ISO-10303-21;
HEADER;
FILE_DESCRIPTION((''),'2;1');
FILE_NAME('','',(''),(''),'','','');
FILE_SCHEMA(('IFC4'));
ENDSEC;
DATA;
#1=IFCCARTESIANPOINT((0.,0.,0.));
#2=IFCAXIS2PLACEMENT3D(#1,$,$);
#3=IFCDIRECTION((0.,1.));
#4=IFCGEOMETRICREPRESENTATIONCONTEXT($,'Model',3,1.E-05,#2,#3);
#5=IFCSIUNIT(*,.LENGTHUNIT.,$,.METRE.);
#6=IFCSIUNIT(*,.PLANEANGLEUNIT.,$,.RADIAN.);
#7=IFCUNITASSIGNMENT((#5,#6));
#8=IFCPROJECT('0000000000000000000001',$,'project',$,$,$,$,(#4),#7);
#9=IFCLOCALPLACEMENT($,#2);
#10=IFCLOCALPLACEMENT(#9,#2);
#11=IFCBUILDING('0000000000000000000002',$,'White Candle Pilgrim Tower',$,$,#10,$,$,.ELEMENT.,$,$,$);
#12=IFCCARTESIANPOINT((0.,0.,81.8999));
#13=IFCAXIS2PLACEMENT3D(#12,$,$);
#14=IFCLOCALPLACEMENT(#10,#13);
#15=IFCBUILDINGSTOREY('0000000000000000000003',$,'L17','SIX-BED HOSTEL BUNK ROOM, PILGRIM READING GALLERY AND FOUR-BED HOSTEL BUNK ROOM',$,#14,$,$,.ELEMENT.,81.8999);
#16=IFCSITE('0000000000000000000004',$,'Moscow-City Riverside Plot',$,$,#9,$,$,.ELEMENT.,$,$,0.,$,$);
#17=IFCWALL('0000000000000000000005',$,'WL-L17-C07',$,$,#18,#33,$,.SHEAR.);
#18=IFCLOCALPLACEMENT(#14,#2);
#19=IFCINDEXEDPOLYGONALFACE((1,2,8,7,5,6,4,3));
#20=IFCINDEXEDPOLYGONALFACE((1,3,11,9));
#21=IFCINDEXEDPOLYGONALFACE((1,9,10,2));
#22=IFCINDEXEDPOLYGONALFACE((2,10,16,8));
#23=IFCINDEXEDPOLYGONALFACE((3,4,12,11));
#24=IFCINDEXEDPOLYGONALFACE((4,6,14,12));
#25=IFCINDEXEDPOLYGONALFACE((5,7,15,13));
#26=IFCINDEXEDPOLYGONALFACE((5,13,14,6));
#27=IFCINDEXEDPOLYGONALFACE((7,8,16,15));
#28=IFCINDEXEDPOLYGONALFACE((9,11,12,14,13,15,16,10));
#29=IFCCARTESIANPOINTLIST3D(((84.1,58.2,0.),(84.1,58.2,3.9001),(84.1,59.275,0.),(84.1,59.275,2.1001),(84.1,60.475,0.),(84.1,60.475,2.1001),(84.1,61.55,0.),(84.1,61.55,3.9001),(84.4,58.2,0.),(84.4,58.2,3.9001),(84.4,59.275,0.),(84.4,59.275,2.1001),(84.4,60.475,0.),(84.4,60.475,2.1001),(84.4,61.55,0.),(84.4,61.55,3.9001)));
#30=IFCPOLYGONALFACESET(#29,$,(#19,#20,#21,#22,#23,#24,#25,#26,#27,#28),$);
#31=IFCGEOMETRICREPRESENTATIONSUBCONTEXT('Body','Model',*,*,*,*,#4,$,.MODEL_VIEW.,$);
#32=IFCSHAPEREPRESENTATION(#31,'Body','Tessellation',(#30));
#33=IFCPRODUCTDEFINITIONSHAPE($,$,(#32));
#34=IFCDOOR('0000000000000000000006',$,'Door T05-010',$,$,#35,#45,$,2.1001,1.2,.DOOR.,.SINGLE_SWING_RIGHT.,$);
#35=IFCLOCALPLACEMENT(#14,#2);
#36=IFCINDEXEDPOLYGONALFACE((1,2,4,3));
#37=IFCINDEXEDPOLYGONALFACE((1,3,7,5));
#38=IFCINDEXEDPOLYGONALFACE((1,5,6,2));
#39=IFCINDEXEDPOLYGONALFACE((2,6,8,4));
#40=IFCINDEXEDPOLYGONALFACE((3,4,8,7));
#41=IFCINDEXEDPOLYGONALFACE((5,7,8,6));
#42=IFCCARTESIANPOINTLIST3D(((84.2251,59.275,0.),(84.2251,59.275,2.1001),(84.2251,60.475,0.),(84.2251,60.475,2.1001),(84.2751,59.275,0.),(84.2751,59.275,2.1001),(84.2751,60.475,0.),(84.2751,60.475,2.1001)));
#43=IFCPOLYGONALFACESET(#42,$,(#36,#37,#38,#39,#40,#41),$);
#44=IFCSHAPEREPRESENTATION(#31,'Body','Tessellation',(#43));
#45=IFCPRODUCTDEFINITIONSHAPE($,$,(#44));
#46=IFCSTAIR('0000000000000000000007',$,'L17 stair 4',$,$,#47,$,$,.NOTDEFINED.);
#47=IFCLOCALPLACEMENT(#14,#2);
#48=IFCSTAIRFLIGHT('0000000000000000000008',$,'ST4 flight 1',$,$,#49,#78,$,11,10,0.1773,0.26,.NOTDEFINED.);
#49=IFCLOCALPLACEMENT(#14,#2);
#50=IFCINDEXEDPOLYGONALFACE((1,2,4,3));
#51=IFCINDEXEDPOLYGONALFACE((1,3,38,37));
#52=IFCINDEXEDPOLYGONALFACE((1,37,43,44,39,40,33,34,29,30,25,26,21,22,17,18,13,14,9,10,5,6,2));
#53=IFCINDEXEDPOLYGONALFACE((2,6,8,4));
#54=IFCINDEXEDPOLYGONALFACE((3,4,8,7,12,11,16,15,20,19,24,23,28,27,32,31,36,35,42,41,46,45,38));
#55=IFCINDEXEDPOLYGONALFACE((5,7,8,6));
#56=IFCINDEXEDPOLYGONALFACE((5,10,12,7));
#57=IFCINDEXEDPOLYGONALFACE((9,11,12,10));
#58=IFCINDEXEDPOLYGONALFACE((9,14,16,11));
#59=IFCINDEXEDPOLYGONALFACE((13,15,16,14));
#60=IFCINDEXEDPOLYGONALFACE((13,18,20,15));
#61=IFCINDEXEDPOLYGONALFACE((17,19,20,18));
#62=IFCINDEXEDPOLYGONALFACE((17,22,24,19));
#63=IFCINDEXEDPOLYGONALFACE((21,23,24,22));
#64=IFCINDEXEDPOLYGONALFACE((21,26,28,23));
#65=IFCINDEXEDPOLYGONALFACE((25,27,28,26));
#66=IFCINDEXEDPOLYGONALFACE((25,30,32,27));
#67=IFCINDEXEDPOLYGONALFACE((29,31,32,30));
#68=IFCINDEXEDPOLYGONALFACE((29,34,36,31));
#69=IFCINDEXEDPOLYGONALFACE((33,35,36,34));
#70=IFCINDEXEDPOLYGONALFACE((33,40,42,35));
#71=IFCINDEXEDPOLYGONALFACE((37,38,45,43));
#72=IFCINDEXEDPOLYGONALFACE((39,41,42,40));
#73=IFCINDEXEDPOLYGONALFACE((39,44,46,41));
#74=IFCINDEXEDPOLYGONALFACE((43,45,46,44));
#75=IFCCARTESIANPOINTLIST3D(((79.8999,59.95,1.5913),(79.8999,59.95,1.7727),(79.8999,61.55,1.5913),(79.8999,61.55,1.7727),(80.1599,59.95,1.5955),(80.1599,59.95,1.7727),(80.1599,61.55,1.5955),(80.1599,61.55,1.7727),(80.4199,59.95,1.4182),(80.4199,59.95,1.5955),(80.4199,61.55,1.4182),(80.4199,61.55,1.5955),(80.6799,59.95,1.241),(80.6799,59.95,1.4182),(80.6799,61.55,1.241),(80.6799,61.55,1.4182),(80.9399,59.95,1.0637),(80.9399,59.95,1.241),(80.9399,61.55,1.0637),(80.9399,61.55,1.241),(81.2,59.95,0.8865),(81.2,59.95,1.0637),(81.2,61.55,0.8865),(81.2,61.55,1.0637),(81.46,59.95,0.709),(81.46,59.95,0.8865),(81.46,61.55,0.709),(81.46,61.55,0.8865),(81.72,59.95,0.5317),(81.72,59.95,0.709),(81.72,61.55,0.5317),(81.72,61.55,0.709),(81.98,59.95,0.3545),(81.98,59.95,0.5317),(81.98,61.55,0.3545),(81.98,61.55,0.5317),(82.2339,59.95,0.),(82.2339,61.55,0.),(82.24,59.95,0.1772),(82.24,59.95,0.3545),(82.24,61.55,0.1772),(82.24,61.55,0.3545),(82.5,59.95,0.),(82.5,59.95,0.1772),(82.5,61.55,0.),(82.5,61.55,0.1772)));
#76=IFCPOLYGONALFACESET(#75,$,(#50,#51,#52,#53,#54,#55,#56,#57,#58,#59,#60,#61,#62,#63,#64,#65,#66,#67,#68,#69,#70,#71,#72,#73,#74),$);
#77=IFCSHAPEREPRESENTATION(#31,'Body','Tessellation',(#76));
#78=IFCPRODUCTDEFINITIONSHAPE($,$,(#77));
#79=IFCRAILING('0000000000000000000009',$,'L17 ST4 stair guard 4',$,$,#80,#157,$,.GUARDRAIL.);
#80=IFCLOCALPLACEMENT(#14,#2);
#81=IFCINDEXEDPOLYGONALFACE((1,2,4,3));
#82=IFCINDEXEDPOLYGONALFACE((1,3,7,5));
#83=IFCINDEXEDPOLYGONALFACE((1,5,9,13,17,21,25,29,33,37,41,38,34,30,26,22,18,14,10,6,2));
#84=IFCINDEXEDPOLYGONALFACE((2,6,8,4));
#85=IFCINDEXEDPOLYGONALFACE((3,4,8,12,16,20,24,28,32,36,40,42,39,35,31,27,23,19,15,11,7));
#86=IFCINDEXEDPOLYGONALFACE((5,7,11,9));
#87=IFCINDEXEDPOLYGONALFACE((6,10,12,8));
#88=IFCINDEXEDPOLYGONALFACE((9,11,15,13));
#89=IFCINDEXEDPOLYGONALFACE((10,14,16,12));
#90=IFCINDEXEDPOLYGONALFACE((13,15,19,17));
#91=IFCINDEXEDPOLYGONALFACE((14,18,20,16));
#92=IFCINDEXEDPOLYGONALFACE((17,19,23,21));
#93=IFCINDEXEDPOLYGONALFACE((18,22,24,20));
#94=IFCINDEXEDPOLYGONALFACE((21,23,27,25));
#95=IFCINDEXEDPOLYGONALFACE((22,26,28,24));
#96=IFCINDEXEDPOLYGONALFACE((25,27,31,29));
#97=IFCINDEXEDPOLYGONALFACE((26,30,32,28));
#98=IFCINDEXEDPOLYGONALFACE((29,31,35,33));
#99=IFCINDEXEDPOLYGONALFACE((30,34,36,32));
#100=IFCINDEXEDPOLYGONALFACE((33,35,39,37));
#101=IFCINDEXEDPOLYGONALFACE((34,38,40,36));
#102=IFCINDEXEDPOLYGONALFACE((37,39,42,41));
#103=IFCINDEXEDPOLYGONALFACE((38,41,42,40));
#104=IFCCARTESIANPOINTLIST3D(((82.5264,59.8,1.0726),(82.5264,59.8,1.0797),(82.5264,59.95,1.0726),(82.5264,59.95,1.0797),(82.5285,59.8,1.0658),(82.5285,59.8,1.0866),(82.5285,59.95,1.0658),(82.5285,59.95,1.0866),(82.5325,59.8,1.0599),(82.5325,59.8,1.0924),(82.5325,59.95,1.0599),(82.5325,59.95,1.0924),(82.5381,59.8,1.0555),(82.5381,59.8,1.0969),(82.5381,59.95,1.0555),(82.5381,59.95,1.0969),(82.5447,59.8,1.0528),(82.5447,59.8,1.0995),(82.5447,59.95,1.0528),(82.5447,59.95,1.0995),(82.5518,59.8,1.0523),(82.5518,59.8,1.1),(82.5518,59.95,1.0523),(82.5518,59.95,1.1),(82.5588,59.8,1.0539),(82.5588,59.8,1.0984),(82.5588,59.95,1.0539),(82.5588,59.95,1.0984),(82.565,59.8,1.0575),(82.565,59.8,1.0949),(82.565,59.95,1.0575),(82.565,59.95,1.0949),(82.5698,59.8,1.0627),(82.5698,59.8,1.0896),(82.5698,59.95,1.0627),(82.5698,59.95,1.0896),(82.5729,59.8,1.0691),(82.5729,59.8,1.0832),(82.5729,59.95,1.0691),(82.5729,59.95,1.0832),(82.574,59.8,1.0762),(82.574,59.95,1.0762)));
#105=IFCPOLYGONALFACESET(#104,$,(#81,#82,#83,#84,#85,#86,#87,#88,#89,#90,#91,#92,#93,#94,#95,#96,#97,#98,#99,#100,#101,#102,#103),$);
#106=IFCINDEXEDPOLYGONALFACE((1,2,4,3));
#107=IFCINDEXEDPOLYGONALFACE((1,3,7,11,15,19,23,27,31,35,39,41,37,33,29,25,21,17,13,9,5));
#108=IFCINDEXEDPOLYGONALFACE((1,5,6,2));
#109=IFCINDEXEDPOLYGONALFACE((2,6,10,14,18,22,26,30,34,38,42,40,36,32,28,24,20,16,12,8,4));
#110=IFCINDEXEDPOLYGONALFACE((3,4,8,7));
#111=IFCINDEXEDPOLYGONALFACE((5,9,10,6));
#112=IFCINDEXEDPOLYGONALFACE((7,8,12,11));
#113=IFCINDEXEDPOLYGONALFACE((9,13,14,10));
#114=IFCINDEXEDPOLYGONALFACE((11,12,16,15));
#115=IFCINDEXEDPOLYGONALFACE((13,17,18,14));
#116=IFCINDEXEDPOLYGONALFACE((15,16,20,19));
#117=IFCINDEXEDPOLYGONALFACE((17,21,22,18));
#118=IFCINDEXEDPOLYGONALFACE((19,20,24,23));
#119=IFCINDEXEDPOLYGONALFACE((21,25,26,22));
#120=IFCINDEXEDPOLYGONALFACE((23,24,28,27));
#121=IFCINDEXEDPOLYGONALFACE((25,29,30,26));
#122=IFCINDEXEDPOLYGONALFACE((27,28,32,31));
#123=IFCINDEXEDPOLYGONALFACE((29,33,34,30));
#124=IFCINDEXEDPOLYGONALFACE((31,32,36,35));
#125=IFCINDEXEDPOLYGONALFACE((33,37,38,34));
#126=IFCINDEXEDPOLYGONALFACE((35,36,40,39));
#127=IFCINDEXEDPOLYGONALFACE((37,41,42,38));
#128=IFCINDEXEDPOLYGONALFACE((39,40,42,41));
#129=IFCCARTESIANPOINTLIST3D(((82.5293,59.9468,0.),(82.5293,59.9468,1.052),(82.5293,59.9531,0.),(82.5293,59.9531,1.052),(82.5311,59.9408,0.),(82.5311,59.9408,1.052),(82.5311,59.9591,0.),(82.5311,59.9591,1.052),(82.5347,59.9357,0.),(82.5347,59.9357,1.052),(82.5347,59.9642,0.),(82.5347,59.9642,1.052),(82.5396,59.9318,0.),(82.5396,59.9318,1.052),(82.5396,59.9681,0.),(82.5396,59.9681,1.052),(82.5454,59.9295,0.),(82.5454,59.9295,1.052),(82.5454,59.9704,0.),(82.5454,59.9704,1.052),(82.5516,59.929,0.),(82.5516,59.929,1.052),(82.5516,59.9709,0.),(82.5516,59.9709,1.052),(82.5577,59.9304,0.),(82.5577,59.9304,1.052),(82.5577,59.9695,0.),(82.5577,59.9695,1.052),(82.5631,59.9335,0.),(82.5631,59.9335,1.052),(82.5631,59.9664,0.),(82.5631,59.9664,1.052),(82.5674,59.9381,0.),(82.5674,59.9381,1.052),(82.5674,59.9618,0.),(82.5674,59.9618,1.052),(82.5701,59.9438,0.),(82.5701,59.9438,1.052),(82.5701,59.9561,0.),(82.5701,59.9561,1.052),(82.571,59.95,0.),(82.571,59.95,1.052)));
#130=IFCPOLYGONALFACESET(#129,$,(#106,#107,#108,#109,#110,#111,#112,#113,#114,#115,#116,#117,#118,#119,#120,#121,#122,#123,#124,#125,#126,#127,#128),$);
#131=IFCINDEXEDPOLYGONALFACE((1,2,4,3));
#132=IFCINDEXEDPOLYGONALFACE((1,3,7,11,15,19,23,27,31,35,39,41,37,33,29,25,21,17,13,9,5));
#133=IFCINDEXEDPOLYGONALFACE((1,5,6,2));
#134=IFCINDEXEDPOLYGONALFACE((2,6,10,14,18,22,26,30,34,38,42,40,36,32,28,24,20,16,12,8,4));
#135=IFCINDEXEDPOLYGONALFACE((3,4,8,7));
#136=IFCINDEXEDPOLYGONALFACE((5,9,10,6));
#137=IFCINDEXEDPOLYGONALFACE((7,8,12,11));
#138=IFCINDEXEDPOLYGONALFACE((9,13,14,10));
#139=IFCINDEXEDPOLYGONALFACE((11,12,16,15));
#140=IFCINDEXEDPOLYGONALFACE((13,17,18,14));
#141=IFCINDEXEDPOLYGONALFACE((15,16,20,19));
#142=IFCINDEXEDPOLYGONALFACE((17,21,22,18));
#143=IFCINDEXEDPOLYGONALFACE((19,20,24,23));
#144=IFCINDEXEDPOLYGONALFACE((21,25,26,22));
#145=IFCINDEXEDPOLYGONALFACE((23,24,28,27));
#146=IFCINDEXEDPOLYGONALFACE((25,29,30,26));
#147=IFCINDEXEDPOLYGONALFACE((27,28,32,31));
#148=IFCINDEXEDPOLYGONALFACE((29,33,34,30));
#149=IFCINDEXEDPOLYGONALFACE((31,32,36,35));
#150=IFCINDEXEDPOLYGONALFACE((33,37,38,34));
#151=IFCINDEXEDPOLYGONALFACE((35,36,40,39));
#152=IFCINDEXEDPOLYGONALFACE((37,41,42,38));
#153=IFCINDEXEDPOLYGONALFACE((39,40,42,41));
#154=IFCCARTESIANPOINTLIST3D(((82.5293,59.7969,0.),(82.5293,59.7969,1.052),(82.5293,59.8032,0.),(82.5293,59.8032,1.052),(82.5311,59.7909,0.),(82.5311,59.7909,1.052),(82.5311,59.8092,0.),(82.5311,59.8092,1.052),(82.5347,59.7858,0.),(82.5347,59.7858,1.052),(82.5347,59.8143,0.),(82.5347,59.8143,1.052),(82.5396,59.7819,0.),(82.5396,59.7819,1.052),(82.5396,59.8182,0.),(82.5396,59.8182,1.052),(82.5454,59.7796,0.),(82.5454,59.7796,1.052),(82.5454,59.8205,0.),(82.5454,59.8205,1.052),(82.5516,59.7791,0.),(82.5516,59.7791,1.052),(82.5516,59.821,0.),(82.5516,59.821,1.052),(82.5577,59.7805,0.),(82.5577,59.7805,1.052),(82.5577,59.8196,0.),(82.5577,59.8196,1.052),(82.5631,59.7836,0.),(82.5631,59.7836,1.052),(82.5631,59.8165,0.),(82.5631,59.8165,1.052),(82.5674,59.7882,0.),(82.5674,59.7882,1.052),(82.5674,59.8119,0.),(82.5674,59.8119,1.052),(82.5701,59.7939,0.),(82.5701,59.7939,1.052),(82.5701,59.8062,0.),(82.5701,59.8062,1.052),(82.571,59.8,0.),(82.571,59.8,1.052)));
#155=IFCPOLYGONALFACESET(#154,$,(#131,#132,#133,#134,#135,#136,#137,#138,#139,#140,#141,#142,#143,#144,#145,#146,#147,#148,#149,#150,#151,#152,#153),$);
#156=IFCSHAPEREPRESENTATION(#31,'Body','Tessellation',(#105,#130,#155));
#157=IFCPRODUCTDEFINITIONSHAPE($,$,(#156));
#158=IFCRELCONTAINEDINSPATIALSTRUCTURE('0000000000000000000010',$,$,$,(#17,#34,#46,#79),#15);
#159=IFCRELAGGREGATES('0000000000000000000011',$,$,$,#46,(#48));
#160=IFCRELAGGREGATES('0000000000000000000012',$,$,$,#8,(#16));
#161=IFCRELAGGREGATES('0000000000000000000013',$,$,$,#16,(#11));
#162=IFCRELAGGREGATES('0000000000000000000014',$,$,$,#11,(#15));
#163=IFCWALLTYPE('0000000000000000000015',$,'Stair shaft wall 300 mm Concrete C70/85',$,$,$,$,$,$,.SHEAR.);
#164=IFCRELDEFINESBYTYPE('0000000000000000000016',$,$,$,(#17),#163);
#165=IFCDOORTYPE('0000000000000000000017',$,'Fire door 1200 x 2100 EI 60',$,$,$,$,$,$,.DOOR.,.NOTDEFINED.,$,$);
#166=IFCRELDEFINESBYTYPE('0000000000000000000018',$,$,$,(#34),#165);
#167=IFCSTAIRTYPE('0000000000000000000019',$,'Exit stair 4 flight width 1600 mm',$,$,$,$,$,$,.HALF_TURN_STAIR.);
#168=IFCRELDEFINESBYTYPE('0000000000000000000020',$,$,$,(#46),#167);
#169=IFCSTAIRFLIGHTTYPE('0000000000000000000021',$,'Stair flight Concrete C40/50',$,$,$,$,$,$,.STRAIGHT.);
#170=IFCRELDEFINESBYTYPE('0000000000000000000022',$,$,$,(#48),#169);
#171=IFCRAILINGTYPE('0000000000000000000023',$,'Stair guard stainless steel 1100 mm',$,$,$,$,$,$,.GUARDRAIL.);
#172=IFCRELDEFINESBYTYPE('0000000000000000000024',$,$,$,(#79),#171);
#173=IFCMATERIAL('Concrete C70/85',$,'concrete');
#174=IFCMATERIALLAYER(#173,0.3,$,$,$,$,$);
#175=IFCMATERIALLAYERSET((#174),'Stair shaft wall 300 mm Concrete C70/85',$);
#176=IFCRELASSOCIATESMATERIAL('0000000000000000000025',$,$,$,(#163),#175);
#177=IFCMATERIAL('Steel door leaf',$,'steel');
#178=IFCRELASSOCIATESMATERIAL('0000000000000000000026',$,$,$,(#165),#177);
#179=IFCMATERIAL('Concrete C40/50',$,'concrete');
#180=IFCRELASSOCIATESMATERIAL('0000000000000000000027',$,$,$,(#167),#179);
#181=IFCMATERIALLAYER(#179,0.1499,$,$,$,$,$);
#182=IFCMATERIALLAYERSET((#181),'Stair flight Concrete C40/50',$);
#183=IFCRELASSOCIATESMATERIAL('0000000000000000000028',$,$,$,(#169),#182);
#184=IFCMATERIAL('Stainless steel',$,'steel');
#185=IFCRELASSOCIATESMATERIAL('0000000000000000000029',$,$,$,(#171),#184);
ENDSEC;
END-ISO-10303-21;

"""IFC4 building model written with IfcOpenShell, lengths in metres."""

from ifc_helpers import new_model, si_unit, direction, frame, frame_2d, origin, origin_2d, place, context, subcontext, project, spatial, polyline, rectangle, circle, outline, extrude, material, layer, layer_set, type_object, element, fill, aggregate, save


model = new_model("IFC4")

# Units and contexts
model_context = context("Model", 3, precision=1e-05, world=origin(), true_north=direction((0.0, 1.0)))
body_context = subcontext(model_context, "Body", "Model", "MODEL_VIEW")
ifc_project = project(units=[si_unit("LENGTHUNIT", "METRE"), si_unit("PLANEANGLEUNIT", "RADIAN")], contexts=[model_context])

# Site, building, storey
site_placement = place(None, origin())
site = spatial("IfcSite", under=ifc_project, at=site_placement, Name="Moscow-City Riverside Plot", CompositionType="ELEMENT", RefElevation=0.0)
building_placement = place(site_placement, origin())
building = spatial("IfcBuilding", under=site, at=building_placement, Name="White Candle Pilgrim Tower", CompositionType="ELEMENT")
storey_placement = place(building_placement, frame((0.0, 0.0, 81.8999)))
storey = spatial("IfcBuildingStorey", under=building, at=storey_placement, Name="L17", Description="SIX-BED HOSTEL BUNK ROOM, PILGRIM READING GALLERY AND FOUR-BED HOSTEL BUNK ROOM", CompositionType="ELEMENT", Elevation=81.8999)

# Shared definitions
ifc_material_1 = material(Name="Concrete C70/85", Category="concrete")

# Shared definitions
ifc_material_2 = material(Name="Steel door leaf", Category="steel")

# Wall, opening, door
ifc_layer_1 = layer(ifc_material_1, 0.3)
ifc_layer_set_1 = layer_set([ifc_layer_1], Name="Stair shaft wall 300 mm Concrete C70/85")
wall_type_1 = type_object("IfcWallType", Name="Stair shaft wall 300 mm Concrete C70/85", PredefinedType="SHEAR", material=ifc_layer_set_1)
wall_1_placement = place(storey_placement, frame((84.25, 58.2, 0.0), z_axis=(0.0, 0.0, 1.0), x_axis=(0.0, 1.0, 0.0)))
wall_1 = element("IfcWall", 1, at=wall_1_placement, inside=storey, type_object=wall_type_1, Name="WL-L17-C07", PredefinedType="SHEAR", context=body_context, shape_type="SweptSolid", body=[
    extrude(rectangle(XDim=3.3501, YDim=0.3, at=frame_2d((1.675, 0.0))), origin(), (0.0, 0.0, 1.0), 3.9001),
])
opening_1_placement = place(wall_1_placement, frame((1.075, 0.0, 0.0)))
opening_1 = element("IfcOpeningElement", 2, at=opening_1_placement, cuts=wall_1, PredefinedType="OPENING", context=body_context, shape_type="SweptSolid", body=[
    extrude(rectangle(XDim=1.2, YDim=2.1001, at=frame_2d((0.6001, 1.05))), frame((0.0, 0.1599, 0.0), z_axis=(0.0, -1.0, 0.0), x_axis=(1.0, 0.0, 0.0)), (0.0, 0.0, 1.0), 0.3201),
])
door_type_1 = type_object("IfcDoorType", Name="Fire door 1200 x 2100 EI 60", OperationType="NOTDEFINED", PredefinedType="DOOR", material=ifc_material_2)
door_1_placement = place(opening_1_placement, origin())
door_1 = element("IfcDoor", 3, at=door_1_placement, inside=storey, type_object=door_type_1, Name="Door T05-010", OperationType="SINGLE_SWING_RIGHT", OverallHeight=2.1001, OverallWidth=1.2, PredefinedType="DOOR", context=body_context, shape_type="SweptSolid", body=[
    extrude(rectangle(XDim=1.2, YDim=2.1001, at=frame_2d((0.6001, 1.05))), frame((0.0, 0.0249, 0.0), z_axis=(0.0, -1.0, 0.0), x_axis=(1.0, 0.0, 0.0)), (0.0, 0.0, 1.0), 0.05),
])
fill(opening_1, door_1)

# Stair, stair flight
ifc_material_3 = material(Name="Concrete C40/50", Category="concrete")
stair_type = type_object("IfcStairType", Name="Exit stair 4 flight width 1600 mm", PredefinedType="HALF_TURN_STAIR", material=ifc_material_3)
stair_placement = place(storey_placement, origin())
stair = element("IfcStair", 4, at=stair_placement, inside=storey, type_object=stair_type, Name="L17 stair 4", PredefinedType="NOTDEFINED")
ifc_layer_2 = layer(ifc_material_3, 0.1499)
ifc_layer_set_2 = layer_set([ifc_layer_2], Name="Stair flight Concrete C40/50")
stair_flight_type = type_object("IfcStairFlightType", Name="Stair flight Concrete C40/50", PredefinedType="STRAIGHT", material=ifc_layer_set_2)
stair_flight_placement = place(storey_placement, frame((82.5, 60.75, 0.0), z_axis=(0.0, 0.0, 1.0), x_axis=(-1.0, 0.0, 0.0)))
stair_flight = element("IfcStairFlight", 5, at=stair_flight_placement, type_object=stair_flight_type, Name="ST4 flight 1", NumberOfRisers=11, NumberOfTreads=10, PredefinedType="NOTDEFINED", RiserHeight=0.1773, TreadLength=0.26, context=body_context, shape_type="SweptSolid", body=[
    extrude(outline(polyline([(0.0, 0.0), (0.0, 0.1772), (0.26, 0.1772), (0.26, 0.3545), (0.52, 0.3545), (0.52, 0.5317), (0.78, 0.5317), (0.78, 0.709), (1.04, 0.709), (1.04, 0.8865), (1.3, 0.8865), (1.3, 1.0637), (1.5601, 1.0637), (1.5601, 1.241), (1.8201, 1.241), (1.8201, 1.4182), (2.0801, 1.4182), (2.0801, 1.5955), (2.3401, 1.5955), (2.3401, 1.7727), (2.6001, 1.7727), (2.6001, 1.95), (2.6001, 1.5913), (0.2661, 0.0), (0.0, 0.0)])), frame((0.0, 0.8, 0.0), z_axis=(0.0, -1.0, 0.0), x_axis=(1.0, 0.0, 0.0)), (0.0, 0.0, 1.0), 1.6001),
])
aggregate(stair, [stair_flight])

# Railing
ifc_material_4 = material(Name="Stainless steel", Category="steel")
railing_type_1 = type_object("IfcRailingType", Name="Stair guard stainless steel 1100 mm", PredefinedType="GUARDRAIL", material=ifc_material_4)
railing_1_placement = place(storey_placement, frame((82.55, 59.95, 0.0)))
element("IfcRailing", 6, at=railing_1_placement, inside=storey, type_object=railing_type_1, Name="L17 ST4 stair guard 4", PredefinedType="GUARDRAIL", context=body_context, shape_type="SweptSolid", body=[
    extrude(circle(Radius=0.0239, at=origin_2d()), frame((0.0, 0.0, 1.0762), z_axis=(0.0, -1.0, 0.0), x_axis=(1.0, 0.0, 0.0)), (0.0, 0.0, 1.0), 0.1499),
    extrude(circle(Radius=0.021, at=origin_2d()), origin(), (0.0, 0.0, 1.0), 1.052),
    extrude(circle(Radius=0.021, at=origin_2d()), frame((0.0, -0.1499, 0.0)), (0.0, 0.0, 1.0), 1.052),
])

save(model, "model.ifc")
